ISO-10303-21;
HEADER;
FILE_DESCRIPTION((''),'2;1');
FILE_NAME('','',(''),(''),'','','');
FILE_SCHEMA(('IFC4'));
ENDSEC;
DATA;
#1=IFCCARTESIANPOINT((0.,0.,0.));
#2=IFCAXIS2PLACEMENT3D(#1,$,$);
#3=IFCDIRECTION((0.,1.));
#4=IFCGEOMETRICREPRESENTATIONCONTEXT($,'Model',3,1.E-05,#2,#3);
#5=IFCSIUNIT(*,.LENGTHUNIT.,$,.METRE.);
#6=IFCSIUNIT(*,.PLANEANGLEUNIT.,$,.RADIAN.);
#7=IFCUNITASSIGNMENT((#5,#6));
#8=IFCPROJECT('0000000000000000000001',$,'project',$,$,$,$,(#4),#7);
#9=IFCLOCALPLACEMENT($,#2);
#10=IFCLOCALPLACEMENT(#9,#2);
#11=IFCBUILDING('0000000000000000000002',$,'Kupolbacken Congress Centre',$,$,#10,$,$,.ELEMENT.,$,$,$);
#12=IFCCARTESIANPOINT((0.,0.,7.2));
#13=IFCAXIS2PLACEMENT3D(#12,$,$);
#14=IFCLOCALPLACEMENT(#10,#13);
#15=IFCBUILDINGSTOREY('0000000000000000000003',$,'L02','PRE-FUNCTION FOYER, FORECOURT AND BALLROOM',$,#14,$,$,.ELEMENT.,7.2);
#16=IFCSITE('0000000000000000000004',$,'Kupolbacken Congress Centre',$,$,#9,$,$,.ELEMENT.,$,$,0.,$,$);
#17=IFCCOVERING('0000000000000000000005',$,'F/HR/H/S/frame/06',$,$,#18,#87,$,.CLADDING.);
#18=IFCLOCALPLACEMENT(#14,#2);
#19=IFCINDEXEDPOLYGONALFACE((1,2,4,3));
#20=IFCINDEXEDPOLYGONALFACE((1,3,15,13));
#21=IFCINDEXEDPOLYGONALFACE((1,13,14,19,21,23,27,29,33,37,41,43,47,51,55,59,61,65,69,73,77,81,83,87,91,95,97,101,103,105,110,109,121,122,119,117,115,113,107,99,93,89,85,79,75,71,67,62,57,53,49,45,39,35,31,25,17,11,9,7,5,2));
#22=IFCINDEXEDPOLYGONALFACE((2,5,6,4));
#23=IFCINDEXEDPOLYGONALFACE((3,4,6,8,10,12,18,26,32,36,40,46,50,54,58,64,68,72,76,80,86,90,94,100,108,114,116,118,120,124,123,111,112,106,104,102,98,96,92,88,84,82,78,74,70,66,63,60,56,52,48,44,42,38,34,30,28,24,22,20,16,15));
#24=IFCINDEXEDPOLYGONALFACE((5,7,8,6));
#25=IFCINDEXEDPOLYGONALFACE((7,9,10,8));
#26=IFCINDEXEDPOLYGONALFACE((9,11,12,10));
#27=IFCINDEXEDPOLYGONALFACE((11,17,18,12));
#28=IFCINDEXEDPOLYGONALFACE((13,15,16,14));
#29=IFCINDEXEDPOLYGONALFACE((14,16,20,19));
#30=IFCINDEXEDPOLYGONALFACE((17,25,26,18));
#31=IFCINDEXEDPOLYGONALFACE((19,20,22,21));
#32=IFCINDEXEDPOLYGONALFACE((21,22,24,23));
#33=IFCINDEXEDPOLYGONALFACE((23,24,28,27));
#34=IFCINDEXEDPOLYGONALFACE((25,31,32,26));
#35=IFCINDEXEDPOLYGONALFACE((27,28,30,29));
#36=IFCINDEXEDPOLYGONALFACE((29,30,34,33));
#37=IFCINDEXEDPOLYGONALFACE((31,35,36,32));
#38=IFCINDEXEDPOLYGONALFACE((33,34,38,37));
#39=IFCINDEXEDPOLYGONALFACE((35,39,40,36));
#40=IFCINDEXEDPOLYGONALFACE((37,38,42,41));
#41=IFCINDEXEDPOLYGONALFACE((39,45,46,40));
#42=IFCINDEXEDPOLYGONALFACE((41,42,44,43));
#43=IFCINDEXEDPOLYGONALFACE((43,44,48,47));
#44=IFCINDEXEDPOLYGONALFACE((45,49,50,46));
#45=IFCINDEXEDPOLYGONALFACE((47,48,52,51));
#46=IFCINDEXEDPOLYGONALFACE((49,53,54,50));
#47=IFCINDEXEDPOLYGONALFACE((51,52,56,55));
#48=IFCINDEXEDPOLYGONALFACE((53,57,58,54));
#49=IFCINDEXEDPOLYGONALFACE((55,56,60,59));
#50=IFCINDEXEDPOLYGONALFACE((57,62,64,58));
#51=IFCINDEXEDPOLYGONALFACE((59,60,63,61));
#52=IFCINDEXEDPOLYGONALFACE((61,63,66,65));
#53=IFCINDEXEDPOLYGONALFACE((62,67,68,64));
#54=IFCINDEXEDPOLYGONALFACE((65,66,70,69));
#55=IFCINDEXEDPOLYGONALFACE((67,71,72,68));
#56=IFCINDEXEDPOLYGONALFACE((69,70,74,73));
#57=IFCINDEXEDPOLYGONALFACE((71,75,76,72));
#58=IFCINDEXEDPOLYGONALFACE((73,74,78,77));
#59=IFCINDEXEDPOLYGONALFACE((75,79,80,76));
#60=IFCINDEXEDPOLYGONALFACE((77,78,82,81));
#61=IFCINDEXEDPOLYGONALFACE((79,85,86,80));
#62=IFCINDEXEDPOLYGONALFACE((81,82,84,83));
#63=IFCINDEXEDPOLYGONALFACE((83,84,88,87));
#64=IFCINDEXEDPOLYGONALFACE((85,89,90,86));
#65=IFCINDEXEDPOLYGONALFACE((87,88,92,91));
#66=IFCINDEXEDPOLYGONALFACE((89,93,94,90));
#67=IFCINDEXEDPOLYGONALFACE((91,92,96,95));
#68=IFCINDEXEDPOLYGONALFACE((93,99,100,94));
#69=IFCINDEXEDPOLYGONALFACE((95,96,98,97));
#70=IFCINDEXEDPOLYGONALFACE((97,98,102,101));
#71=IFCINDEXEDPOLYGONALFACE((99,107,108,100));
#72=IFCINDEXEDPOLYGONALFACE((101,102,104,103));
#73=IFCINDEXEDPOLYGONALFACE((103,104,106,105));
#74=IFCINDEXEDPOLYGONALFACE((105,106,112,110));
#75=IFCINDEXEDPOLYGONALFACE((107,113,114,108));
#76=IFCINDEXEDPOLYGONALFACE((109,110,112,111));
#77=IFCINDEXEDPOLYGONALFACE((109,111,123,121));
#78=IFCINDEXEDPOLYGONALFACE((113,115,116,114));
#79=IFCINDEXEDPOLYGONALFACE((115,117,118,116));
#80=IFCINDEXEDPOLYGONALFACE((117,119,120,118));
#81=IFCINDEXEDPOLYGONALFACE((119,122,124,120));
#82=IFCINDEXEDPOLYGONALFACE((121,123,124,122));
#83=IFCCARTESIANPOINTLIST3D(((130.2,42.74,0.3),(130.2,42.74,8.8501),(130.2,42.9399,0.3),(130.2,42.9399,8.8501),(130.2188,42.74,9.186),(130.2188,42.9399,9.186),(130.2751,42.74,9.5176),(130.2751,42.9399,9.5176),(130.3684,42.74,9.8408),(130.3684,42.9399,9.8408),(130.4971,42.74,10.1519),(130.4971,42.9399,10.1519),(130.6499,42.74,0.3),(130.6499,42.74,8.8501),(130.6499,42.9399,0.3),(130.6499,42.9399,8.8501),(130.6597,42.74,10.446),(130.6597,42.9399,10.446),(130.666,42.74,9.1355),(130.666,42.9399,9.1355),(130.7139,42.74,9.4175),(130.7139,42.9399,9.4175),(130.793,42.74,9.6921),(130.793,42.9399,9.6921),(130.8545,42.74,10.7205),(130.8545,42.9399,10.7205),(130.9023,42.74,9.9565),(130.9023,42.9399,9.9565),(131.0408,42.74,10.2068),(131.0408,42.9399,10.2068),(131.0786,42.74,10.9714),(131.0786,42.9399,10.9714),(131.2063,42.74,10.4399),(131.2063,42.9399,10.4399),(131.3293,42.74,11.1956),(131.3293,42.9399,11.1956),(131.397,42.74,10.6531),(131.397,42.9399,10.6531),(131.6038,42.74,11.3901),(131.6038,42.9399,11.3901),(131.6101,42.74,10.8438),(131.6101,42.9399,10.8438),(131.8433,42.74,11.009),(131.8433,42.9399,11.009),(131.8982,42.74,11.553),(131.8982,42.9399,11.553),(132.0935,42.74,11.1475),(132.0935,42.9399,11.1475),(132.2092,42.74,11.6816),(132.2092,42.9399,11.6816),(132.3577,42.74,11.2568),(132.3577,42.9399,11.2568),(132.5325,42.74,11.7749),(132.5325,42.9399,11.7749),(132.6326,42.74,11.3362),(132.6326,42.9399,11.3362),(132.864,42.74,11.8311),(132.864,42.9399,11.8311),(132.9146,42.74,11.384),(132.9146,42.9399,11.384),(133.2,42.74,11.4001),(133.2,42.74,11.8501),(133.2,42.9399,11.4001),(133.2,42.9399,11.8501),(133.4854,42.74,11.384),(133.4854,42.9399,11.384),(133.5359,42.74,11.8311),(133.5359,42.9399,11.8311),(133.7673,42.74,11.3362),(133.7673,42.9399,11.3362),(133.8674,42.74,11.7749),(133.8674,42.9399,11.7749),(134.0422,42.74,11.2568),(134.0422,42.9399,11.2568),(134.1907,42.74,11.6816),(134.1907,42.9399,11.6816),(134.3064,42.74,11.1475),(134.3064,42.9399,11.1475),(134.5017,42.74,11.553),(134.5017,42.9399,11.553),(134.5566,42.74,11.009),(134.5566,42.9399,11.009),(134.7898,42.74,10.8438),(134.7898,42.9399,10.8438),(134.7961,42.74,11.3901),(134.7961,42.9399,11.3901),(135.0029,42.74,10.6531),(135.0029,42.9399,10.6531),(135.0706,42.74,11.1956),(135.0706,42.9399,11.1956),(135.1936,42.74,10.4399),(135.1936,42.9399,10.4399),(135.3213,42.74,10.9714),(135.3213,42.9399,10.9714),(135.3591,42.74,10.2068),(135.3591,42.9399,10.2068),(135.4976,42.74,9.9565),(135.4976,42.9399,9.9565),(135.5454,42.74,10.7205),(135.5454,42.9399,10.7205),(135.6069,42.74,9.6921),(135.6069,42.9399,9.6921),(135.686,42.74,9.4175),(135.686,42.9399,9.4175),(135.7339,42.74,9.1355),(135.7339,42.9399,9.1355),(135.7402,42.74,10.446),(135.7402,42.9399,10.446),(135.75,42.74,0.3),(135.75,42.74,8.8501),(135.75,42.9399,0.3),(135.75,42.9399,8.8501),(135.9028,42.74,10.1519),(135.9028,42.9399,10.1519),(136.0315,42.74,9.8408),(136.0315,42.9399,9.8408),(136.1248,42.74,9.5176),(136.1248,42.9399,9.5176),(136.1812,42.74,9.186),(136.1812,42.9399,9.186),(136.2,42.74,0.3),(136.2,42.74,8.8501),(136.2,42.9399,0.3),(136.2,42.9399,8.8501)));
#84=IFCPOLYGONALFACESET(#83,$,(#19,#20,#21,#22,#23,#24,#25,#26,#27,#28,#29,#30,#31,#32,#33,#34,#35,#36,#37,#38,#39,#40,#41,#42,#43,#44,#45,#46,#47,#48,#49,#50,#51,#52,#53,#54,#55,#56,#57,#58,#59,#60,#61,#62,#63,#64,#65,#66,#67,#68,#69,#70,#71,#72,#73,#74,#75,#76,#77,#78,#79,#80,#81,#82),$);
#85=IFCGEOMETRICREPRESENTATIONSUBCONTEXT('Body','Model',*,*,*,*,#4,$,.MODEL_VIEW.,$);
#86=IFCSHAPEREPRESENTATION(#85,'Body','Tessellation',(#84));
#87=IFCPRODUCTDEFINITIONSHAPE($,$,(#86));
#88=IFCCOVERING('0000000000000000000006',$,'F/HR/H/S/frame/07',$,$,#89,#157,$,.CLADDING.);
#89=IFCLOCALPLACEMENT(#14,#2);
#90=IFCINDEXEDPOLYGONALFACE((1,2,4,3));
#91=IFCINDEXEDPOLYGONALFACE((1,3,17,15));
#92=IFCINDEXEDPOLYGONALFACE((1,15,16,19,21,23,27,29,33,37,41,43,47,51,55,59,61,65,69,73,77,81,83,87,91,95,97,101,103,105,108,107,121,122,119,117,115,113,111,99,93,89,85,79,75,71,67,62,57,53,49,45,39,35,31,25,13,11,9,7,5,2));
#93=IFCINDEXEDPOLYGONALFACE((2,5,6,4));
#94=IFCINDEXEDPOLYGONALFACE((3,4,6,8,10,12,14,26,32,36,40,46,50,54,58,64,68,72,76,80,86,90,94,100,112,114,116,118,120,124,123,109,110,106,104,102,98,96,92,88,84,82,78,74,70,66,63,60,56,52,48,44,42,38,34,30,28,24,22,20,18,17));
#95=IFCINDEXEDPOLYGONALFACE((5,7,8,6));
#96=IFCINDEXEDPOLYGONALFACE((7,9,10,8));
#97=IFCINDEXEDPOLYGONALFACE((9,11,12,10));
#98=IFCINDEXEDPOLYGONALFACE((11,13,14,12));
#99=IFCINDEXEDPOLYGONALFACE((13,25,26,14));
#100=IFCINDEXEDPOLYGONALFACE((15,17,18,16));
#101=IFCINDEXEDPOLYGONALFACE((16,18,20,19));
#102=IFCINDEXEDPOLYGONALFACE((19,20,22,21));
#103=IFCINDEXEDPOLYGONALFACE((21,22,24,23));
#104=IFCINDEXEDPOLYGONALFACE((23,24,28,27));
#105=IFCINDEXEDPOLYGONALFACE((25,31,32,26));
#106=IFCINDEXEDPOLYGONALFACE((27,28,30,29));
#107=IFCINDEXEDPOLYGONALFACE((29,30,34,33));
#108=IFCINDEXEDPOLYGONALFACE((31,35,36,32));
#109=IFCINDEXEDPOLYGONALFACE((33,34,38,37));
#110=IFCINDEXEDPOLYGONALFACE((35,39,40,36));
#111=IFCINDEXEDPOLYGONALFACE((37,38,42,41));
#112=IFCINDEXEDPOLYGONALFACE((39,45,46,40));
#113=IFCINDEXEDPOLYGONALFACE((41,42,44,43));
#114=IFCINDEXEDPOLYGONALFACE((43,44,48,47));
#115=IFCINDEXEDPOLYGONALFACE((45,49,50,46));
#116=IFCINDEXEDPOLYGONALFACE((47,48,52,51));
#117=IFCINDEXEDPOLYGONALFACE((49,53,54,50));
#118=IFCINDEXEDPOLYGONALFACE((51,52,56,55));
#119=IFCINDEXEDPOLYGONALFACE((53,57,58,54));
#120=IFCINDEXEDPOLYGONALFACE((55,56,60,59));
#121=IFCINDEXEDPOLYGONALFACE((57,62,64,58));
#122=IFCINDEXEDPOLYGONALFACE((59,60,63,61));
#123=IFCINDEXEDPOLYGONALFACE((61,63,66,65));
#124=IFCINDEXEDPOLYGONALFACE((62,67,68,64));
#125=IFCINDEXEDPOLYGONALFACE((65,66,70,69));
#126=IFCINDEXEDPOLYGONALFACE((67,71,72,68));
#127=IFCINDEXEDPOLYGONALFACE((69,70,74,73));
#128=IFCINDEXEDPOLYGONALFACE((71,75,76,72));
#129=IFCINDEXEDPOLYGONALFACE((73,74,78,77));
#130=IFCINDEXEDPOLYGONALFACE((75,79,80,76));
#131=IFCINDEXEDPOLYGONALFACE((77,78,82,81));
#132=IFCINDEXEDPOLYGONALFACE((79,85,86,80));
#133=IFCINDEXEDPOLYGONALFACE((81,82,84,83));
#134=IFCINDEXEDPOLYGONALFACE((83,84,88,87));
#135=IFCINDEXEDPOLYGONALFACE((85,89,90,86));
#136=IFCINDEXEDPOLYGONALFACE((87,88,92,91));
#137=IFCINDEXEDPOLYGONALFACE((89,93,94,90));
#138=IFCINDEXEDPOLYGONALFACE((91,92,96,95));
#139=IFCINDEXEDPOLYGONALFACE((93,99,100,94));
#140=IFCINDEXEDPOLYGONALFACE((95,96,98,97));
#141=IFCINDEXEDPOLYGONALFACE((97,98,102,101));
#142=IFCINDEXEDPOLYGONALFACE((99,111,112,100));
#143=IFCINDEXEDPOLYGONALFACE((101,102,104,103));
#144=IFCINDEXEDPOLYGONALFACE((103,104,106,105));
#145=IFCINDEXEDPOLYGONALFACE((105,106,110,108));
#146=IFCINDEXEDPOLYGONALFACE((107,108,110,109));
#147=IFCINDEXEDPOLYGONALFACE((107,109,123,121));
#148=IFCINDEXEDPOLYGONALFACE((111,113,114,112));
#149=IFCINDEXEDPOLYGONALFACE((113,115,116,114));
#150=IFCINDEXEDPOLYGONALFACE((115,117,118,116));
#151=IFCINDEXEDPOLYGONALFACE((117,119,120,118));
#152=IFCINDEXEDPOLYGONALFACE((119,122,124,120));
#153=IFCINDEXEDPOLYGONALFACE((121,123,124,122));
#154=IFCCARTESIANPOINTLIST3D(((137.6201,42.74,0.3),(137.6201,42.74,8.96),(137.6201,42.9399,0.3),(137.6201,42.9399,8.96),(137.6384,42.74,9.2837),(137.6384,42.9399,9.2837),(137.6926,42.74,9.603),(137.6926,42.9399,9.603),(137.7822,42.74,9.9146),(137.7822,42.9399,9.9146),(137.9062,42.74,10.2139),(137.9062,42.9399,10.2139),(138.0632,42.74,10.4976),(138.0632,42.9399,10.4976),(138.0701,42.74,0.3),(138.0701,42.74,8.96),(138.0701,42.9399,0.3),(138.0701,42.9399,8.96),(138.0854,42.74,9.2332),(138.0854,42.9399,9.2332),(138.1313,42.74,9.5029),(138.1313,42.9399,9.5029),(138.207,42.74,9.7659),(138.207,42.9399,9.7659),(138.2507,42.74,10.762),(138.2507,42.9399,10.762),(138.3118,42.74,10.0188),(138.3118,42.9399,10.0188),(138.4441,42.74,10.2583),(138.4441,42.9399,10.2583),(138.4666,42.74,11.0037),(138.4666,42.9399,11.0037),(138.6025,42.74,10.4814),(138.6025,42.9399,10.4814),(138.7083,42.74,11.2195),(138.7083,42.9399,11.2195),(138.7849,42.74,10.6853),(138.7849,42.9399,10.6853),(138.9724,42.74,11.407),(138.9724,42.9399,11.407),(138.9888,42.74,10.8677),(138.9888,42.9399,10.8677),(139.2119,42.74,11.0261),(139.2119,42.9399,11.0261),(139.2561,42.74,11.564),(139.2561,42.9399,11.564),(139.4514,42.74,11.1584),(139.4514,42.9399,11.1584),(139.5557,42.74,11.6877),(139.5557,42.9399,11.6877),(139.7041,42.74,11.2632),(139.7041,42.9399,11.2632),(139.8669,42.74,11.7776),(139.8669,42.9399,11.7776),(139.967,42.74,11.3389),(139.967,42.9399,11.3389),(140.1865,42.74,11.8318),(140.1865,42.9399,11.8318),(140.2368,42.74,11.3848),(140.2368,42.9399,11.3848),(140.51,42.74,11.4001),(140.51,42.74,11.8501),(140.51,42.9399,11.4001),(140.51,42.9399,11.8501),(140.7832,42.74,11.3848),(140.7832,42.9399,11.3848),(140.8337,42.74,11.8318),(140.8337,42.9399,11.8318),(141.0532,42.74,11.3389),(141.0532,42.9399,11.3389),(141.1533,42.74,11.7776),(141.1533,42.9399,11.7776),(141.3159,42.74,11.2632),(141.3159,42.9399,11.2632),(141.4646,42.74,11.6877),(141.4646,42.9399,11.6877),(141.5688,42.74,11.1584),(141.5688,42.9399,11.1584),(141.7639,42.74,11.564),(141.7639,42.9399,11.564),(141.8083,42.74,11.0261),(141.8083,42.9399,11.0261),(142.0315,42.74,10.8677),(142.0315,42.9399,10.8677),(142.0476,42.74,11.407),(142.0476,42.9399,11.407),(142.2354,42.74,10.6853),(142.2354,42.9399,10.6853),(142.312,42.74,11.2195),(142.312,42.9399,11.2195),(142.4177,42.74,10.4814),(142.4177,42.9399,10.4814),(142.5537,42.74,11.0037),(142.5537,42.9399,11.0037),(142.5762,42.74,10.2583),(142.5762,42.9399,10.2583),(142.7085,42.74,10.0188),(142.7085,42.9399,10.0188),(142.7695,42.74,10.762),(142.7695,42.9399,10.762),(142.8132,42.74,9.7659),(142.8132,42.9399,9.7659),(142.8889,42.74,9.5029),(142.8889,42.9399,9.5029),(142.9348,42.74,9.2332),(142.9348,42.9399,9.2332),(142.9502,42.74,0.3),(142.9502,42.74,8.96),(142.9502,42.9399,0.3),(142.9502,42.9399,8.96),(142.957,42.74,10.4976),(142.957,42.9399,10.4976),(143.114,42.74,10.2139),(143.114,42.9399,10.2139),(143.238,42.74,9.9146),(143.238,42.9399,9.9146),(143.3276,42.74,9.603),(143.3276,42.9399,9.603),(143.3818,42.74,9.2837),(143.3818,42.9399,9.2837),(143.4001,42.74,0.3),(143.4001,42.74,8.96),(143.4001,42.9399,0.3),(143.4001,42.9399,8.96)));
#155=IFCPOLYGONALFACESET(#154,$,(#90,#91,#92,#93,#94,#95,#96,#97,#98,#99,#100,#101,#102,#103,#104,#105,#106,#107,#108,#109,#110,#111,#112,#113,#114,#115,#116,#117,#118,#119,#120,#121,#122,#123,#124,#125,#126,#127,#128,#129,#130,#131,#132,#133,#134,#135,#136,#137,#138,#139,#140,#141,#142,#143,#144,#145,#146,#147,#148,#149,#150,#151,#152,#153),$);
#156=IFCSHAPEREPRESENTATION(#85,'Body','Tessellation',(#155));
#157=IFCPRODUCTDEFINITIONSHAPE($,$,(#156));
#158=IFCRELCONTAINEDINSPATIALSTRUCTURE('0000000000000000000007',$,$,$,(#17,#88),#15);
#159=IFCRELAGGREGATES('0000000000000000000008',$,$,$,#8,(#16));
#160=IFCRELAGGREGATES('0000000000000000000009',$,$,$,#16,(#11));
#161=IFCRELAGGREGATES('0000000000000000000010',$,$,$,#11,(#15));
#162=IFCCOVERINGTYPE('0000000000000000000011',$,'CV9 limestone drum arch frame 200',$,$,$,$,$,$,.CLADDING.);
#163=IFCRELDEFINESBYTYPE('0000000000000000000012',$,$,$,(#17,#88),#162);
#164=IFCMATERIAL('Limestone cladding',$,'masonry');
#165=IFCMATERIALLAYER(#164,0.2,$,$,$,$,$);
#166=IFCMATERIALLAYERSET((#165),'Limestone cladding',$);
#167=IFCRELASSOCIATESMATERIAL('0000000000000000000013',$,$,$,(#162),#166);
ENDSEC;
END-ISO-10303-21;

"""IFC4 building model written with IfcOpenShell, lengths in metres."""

from ifc_helpers import new_model, si_unit, direction, frame, origin, place, context, subcontext, project, spatial, polyline, outline, extrude, material, layer, layer_set, type_object, element, save


model = new_model("IFC4")

# Units and contexts
model_context = context("Model", 3, precision=1e-05, world=origin(), true_north=direction((0.0, 1.0)))
body_context = subcontext(model_context, "Body", "Model", "MODEL_VIEW")
ifc_project = project(units=[si_unit("LENGTHUNIT", "METRE"), si_unit("PLANEANGLEUNIT", "RADIAN")], contexts=[model_context])

# Site, building, storey
site_placement = place(None, origin())
site = spatial("IfcSite", under=ifc_project, at=site_placement, Name="Kupolbacken Congress Centre", CompositionType="ELEMENT", RefElevation=0.0)
building_placement = place(site_placement, origin())
building = spatial("IfcBuilding", under=site, at=building_placement, Name="Kupolbacken Congress Centre", CompositionType="ELEMENT")
storey_placement = place(building_placement, frame((0.0, 0.0, 7.2)))
storey = spatial("IfcBuildingStorey", under=building, at=storey_placement, Name="L02", Description="PRE-FUNCTION FOYER, FORECOURT AND BALLROOM", CompositionType="ELEMENT", Elevation=7.2)

# Coverings
ifc_material_1 = material(Name="Limestone cladding", Category="masonry")
ifc_layer_1 = layer(ifc_material_1, 0.2)
ifc_layer_set_1 = layer_set([ifc_layer_1], Name="Limestone cladding")
covering_type_1 = type_object("IfcCoveringType", Name="CV9 limestone drum arch frame 200", PredefinedType="CLADDING", material=ifc_layer_set_1)
covering_1_placement = place(storey_placement, frame((130.2, 42.9399, 0.3), z_axis=(0.0, -1.0, 0.0), x_axis=(1.0, 0.0, 0.0)))
element("IfcCovering", 1, at=covering_1_placement, inside=storey, type_object=covering_type_1, Name="F/HR/H/S/frame/06", PredefinedType="CLADDING", context=body_context, shape_type="SweptSolid", body=[
    extrude(outline(polyline([(0.0, 0.0), (0.0, 8.55), (0.0188, 8.886), (0.0752, 9.2175), (0.1685, 9.5408), (0.2971, 9.8518), (0.4597, 10.146), (0.6545, 10.4204), (0.8787, 10.6714), (1.1294, 10.8955), (1.4038, 11.0901), (1.6982, 11.2529), (2.0093, 11.3816), (2.3325, 11.4749), (2.6641, 11.531), (3.0, 11.55), (3.3359, 11.531), (3.6675, 11.4749), (3.9907, 11.3816), (4.3018, 11.2529), (4.5962, 11.0901), (4.8706, 10.8955), (5.1213, 10.6714), (5.3455, 10.4204), (5.5403, 10.146), (5.7029, 9.8518), (5.8315, 9.5408), (5.9248, 9.2175), (5.9812, 8.886), (6.0, 8.55), (6.0, 0.0), (5.55, 0.0), (5.55, 8.55), (5.5339, 8.8354), (5.4861, 9.1174), (5.407, 9.3921), (5.2976, 9.6565), (5.1592, 9.9067), (4.9937, 10.1399), (4.803, 10.353), (4.5898, 10.5437), (4.3567, 10.709), (4.1064, 10.8474), (3.8423, 10.9568), (3.5674, 11.0361), (3.2854, 11.084), (3.0, 11.1001), (2.7146, 11.084), (2.4326, 11.0361), (2.1577, 10.9568), (1.8936, 10.8474), (1.6433, 10.709), (1.4102, 10.5437), (1.197, 10.353), (1.0063, 10.1399), (0.8408, 9.9067), (0.7024, 9.6565), (0.593, 9.3921), (0.5139, 9.1174), (0.4661, 8.8354), (0.45, 8.55), (0.45, 0.0), (0.0, 0.0)])), origin(), (0.0, 0.0, 1.0), 0.2),
])
covering_2_placement = place(storey_placement, frame((137.6201, 42.9399, 0.3), z_axis=(0.0, -1.0, 0.0), x_axis=(1.0, 0.0, 0.0)))
element("IfcCovering", 2, at=covering_2_placement, inside=storey, type_object=covering_type_1, Name="F/HR/H/S/frame/07", PredefinedType="CLADDING", context=body_context, shape_type="SweptSolid", body=[
    extrude(outline(polyline([(0.0, 0.0), (0.0, 8.6599), (0.0183, 8.9836), (0.0725, 9.303), (0.1621, 9.6145), (0.2861, 9.9138), (0.4431, 10.1975), (0.6306, 10.4619), (0.8464, 10.7036), (1.0881, 10.9194), (1.3523, 11.1069), (1.636, 11.2639), (1.9355, 11.3877), (2.2468, 11.4775), (2.5664, 11.5317), (2.8899, 11.55), (3.2136, 11.5317), (3.5332, 11.4775), (3.8445, 11.3877), (4.1438, 11.2639), (4.4275, 11.1069), (4.6919, 10.9194), (4.9336, 10.7036), (5.1494, 10.4619), (5.3369, 10.1975), (5.4939, 9.9138), (5.6179, 9.6145), (5.7075, 9.303), (5.7617, 8.9836), (5.78, 8.6599), (5.78, 0.0), (5.3301, 0.0), (5.3301, 8.6599), (5.3147, 8.9331), (5.2688, 9.2029), (5.1931, 9.4658), (5.0884, 9.7188), (4.9561, 9.9583), (4.7976, 10.1814), (4.6152, 10.3853), (4.4114, 10.5676), (4.1882, 10.7261), (3.9487, 10.8584), (3.6958, 10.9631), (3.4331, 11.0388), (3.1631, 11.0847), (2.8899, 11.1001), (2.6167, 11.0847), (2.3469, 11.0388), (2.084, 10.9631), (1.8313, 10.8584), (1.5918, 10.7261), (1.3687, 10.5676), (1.1648, 10.3853), (0.9824, 10.1814), (0.824, 9.9583), (0.6917, 9.7188), (0.5869, 9.4658), (0.5112, 9.2029), (0.4653, 8.9331), (0.45, 8.6599), (0.45, 0.0), (0.0, 0.0)])), origin(), (0.0, 0.0, 1.0), 0.2),
])

save(model, "model.ifc")
